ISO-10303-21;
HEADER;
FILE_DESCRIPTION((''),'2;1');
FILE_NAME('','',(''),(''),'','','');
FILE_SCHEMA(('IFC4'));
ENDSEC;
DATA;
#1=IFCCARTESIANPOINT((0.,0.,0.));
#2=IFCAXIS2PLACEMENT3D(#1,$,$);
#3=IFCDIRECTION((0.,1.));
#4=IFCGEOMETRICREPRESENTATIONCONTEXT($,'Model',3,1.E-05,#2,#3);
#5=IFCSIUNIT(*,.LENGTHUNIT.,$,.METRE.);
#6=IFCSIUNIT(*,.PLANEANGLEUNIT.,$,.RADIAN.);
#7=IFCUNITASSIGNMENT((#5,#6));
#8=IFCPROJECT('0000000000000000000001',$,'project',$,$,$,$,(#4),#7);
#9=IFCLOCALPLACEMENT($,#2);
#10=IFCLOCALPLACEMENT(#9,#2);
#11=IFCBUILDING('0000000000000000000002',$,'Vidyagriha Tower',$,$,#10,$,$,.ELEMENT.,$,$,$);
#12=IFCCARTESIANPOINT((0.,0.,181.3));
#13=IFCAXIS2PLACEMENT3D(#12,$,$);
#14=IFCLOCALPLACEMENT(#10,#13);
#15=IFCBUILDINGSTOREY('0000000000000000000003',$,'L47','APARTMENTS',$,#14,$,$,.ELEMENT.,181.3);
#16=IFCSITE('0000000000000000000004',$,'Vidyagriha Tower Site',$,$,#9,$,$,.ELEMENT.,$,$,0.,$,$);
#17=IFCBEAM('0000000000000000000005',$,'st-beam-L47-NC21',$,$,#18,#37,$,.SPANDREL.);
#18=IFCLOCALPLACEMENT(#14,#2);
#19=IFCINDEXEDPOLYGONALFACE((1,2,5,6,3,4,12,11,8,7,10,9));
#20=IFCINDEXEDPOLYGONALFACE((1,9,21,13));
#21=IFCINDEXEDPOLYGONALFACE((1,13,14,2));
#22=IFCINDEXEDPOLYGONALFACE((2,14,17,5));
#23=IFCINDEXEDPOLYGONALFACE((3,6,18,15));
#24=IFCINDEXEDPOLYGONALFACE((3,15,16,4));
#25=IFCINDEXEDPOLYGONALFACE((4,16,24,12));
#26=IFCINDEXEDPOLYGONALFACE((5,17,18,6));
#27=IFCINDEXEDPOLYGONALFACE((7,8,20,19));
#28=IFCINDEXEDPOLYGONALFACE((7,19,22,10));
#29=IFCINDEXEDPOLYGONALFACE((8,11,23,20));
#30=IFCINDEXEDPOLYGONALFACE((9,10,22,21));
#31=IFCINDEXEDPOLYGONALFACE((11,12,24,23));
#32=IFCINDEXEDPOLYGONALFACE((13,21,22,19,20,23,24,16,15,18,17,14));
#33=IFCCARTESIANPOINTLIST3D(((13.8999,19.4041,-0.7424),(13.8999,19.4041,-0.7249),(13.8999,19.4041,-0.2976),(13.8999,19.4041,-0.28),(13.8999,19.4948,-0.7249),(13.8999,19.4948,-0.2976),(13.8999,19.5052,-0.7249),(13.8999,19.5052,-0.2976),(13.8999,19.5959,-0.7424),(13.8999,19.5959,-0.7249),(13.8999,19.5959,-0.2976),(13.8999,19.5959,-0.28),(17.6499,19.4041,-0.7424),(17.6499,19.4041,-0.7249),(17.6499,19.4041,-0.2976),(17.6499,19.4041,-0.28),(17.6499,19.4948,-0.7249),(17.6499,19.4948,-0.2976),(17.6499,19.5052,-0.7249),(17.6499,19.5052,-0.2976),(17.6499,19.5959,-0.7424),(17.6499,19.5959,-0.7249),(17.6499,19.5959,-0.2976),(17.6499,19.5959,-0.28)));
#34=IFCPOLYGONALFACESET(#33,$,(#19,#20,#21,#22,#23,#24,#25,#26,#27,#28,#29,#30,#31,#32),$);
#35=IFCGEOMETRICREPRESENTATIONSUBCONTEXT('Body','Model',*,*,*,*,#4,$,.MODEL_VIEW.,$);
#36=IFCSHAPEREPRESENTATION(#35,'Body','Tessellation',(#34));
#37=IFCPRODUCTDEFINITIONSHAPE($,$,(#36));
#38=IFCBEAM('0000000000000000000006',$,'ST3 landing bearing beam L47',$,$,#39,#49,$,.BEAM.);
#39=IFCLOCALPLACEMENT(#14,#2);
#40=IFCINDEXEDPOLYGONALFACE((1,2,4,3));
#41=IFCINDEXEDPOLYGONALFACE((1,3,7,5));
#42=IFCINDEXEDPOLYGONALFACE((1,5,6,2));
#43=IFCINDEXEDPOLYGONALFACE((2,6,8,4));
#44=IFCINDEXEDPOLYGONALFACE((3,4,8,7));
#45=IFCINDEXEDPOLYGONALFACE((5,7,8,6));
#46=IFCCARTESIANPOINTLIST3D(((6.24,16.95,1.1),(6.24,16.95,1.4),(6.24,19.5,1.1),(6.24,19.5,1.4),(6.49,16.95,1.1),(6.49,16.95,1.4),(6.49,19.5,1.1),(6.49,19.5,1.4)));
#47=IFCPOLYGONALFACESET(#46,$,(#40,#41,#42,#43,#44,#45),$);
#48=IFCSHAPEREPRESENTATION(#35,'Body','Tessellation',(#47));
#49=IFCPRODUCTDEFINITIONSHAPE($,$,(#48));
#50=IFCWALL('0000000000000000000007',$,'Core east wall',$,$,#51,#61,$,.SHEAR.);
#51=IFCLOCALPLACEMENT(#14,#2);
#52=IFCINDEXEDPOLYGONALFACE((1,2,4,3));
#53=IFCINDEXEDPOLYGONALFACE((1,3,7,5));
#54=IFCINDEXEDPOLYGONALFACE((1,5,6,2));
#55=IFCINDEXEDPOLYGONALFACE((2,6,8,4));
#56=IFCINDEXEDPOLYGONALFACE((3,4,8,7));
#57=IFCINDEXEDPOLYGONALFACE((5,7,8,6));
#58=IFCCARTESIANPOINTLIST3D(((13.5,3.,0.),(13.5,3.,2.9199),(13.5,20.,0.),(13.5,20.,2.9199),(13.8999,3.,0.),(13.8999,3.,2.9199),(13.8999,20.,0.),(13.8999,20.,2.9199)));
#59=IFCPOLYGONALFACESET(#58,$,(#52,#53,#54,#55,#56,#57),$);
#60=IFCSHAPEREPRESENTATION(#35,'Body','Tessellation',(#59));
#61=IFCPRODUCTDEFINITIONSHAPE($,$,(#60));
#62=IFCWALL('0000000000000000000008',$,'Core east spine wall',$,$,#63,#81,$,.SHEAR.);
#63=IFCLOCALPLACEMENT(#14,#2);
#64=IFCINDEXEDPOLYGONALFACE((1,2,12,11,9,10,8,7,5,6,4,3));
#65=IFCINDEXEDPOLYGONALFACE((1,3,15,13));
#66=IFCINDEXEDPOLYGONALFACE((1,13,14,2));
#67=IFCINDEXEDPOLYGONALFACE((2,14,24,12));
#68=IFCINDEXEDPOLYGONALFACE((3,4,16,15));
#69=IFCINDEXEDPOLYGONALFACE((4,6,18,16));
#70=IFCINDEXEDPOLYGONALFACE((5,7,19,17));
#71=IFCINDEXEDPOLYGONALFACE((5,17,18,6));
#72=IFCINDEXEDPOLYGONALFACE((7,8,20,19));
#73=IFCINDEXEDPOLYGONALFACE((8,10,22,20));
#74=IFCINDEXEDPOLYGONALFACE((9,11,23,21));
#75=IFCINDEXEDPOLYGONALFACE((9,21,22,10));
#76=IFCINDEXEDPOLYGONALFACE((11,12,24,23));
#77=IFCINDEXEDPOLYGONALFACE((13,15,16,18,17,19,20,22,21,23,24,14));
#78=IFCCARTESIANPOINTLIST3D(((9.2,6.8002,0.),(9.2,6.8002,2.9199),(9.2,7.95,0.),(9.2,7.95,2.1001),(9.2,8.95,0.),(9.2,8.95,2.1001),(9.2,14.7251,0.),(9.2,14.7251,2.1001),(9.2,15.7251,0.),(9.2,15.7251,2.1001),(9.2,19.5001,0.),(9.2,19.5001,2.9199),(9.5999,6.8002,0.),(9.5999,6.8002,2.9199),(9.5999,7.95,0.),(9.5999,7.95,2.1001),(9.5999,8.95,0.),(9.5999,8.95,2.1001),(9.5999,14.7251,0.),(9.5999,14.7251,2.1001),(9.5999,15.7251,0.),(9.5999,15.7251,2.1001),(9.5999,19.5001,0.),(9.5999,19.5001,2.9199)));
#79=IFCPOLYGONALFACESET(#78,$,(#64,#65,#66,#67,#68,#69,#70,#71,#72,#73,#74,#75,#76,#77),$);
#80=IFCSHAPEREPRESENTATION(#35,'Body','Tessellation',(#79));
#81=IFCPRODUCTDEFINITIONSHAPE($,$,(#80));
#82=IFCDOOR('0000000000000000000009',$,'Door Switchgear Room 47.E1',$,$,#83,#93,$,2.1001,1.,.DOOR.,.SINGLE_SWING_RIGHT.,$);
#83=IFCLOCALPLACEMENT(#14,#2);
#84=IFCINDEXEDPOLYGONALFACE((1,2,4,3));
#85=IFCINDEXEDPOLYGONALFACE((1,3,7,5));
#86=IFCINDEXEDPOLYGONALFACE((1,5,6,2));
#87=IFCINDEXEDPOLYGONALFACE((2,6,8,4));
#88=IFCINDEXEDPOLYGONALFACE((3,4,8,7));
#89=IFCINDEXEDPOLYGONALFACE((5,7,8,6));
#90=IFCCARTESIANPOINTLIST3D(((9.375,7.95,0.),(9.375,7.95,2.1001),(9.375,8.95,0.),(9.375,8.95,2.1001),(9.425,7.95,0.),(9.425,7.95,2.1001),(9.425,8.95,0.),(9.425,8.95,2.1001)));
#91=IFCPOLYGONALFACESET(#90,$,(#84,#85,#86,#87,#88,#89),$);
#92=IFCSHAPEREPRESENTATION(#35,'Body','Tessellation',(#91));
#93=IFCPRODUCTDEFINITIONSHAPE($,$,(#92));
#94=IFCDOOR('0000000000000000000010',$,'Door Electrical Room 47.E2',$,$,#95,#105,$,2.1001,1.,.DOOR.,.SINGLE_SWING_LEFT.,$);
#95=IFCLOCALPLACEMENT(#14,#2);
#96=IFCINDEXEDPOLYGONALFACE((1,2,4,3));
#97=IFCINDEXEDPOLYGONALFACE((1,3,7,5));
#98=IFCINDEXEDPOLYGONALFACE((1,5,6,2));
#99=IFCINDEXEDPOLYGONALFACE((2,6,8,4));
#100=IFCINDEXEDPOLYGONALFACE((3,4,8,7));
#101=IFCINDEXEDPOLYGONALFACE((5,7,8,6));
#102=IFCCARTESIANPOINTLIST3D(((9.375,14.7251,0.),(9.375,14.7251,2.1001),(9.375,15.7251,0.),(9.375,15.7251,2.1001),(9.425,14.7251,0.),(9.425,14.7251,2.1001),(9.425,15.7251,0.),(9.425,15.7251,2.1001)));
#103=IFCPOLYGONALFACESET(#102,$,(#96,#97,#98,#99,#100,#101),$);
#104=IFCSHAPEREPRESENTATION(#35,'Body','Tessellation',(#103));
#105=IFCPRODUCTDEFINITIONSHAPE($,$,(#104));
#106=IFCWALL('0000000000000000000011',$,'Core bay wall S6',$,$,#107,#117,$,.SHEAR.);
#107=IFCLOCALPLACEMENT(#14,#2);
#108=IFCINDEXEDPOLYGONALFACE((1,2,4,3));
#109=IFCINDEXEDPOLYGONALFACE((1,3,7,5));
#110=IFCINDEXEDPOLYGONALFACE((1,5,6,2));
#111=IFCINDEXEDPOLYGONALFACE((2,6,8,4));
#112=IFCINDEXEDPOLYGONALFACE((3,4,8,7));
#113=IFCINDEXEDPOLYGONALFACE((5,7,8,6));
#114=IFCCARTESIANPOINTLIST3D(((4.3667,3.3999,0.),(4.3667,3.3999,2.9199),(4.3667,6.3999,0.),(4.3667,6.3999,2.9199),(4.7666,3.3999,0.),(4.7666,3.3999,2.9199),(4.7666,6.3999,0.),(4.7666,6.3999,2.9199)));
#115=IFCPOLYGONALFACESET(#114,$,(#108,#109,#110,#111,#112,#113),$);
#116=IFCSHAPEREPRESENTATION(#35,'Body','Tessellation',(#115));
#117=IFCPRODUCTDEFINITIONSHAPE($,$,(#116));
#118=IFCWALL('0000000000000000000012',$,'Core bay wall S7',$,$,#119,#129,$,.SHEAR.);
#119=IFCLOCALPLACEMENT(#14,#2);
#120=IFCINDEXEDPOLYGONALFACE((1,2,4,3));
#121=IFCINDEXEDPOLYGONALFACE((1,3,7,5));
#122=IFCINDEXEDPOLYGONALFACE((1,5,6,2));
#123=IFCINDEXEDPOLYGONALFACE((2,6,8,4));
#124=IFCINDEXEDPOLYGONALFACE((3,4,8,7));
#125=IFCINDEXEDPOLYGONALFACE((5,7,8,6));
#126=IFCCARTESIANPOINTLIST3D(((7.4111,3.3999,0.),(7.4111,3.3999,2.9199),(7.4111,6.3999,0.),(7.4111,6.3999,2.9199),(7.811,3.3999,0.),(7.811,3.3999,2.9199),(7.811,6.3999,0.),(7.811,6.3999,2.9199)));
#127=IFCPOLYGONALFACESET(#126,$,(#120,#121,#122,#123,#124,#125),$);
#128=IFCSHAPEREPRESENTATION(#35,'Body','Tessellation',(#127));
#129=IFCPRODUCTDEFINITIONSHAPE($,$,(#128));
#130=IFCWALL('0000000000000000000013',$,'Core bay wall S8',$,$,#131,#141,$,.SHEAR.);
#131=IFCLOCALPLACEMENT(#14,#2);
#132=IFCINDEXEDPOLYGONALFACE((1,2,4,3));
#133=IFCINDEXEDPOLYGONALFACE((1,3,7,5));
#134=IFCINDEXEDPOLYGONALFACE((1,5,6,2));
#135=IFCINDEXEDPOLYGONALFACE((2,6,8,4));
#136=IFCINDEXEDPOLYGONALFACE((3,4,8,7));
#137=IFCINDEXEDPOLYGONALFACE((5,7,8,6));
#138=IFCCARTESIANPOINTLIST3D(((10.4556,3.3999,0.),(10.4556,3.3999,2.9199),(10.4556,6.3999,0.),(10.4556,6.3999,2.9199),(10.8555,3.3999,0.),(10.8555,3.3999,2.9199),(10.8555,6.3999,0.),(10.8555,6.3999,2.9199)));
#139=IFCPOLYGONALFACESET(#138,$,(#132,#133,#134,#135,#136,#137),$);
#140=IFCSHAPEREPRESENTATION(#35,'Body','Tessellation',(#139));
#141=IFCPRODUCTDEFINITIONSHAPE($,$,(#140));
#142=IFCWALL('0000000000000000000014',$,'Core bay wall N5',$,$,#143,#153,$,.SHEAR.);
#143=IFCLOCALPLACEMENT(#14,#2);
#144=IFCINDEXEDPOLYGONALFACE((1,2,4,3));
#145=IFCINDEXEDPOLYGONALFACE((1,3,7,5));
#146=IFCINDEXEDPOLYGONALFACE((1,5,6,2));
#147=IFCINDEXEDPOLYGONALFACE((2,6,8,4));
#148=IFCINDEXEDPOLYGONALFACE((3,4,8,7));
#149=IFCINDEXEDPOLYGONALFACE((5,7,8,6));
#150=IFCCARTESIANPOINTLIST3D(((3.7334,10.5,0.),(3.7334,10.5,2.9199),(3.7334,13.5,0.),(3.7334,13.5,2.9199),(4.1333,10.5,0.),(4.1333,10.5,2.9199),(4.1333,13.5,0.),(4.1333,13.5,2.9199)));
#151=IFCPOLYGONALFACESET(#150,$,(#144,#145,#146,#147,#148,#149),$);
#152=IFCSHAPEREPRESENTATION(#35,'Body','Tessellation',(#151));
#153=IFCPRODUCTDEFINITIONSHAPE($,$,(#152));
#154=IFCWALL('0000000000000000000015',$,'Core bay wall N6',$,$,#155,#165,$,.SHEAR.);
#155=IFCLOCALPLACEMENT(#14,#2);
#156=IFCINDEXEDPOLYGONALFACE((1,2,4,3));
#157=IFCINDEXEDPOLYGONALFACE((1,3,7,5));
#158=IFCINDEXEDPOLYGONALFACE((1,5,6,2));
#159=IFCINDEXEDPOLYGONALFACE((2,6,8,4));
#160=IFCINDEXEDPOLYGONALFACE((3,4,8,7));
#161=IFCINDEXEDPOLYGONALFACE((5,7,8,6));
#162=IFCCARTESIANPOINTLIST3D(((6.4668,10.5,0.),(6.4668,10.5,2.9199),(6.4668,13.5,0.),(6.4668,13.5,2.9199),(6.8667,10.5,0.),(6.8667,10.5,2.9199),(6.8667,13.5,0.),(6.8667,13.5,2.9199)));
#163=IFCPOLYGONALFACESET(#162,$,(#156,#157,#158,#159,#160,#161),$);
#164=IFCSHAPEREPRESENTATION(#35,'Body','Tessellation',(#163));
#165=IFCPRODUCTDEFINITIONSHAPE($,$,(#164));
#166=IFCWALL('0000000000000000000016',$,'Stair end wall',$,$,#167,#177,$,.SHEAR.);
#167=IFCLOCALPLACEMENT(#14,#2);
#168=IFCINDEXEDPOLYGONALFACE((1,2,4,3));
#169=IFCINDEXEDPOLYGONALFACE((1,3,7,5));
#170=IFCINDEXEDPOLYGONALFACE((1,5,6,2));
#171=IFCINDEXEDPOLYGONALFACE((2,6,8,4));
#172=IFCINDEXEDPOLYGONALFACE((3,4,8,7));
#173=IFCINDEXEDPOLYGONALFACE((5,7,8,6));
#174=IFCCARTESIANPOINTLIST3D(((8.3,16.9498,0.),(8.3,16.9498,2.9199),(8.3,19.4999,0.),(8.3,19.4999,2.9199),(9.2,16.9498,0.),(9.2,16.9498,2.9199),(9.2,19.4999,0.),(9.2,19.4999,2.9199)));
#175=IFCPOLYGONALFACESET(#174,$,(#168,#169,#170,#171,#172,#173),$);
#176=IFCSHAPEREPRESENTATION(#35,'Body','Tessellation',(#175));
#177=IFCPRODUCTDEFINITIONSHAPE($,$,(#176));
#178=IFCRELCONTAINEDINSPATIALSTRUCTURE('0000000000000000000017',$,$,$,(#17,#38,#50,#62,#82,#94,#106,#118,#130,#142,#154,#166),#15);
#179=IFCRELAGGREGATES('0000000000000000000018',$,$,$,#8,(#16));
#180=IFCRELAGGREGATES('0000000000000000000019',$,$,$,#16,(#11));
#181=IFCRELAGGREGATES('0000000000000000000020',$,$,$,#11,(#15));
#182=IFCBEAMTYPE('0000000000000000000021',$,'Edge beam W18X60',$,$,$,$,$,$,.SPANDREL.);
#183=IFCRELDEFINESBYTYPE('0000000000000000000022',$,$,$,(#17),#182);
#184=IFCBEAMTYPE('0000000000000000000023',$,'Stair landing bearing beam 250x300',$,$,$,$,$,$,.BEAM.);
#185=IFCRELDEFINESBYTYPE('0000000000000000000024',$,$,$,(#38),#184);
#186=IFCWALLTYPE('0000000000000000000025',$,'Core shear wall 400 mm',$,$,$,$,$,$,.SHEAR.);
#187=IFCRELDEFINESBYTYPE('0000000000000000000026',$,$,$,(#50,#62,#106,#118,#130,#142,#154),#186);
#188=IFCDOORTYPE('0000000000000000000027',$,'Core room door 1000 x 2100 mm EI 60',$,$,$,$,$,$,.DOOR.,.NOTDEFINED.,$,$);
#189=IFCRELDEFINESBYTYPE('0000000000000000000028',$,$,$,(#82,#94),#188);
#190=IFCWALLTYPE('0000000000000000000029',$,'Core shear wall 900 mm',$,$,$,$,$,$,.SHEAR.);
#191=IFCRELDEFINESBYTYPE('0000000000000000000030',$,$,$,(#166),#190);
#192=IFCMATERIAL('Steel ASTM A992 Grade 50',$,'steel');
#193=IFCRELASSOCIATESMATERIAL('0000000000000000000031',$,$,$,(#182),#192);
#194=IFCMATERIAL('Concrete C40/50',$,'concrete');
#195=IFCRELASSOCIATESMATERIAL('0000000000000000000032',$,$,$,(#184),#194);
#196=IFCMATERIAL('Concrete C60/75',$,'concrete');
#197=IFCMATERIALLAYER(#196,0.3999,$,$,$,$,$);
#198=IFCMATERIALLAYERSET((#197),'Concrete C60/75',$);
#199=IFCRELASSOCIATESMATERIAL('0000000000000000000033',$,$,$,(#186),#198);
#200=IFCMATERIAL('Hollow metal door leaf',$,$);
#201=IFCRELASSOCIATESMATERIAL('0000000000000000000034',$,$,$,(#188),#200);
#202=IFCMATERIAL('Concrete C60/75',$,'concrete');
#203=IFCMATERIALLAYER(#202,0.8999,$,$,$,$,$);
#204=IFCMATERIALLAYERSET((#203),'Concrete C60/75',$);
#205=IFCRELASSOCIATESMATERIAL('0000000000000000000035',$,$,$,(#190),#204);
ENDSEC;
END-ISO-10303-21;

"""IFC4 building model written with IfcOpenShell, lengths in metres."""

from ifc_helpers import new_model, si_unit, direction, frame, frame_2d, origin, origin_2d, place, context, subcontext, project, spatial, rectangle, i_section, extrude, material, layer, layer_set, material_profile, profile_set, type_object, element, fill, save


model = new_model("IFC4")

# Units and contexts
model_context = context("Model", 3, precision=1e-05, world=origin(), true_north=direction((0.0, 1.0)))
body_context = subcontext(model_context, "Body", "Model", "MODEL_VIEW")
ifc_project = project(units=[si_unit("LENGTHUNIT", "METRE"), si_unit("PLANEANGLEUNIT", "RADIAN")], contexts=[model_context])

# Site, building, storey
site_placement = place(None, origin())
site = spatial("IfcSite", under=ifc_project, at=site_placement, Name="Vidyagriha Tower Site", CompositionType="ELEMENT", RefElevation=0.0)
building_placement = place(site_placement, origin())
building = spatial("IfcBuilding", under=site, at=building_placement, Name="Vidyagriha Tower", CompositionType="ELEMENT")
storey_placement = place(building_placement, frame((0.0, 0.0, 181.3)))
storey = spatial("IfcBuildingStorey", under=building, at=storey_placement, Name="L47", Description="APARTMENTS", CompositionType="ELEMENT", Elevation=181.3)

# Beams
ifc_material_1 = material(Name="Steel ASTM A992 Grade 50", Category="steel")
ifc_material_profile_1 = material_profile(ifc_material_1, i_section(OverallWidth=0.1919, OverallDepth=0.4624, WebThickness=0.0105, FlangeThickness=0.0176, at=origin_2d()), Name="W18X60")
ifc_profile_set_1 = profile_set([ifc_material_profile_1], Name="Steel ASTM A992 Grade 50")
beam_type_1 = type_object("IfcBeamType", Name="Edge beam W18X60", PredefinedType="SPANDREL", material=ifc_profile_set_1)
beam_1_placement = place(storey_placement, frame((13.8999, 19.5, -0.5112), z_axis=(1.0, 0.0, 0.0), x_axis=(0.0, 1.0, 0.0)))
element("IfcBeam", 1, at=beam_1_placement, inside=storey, type_object=beam_type_1, Name="st-beam-L47-NC21", PredefinedType="SPANDREL", context=body_context, shape_type="SweptSolid", body=[
    extrude(i_section(OverallWidth=0.1919, OverallDepth=0.4624, WebThickness=0.0105, FlangeThickness=0.0176, at=origin_2d()), origin(), (0.0, 0.0, 1.0), 3.75),
])
ifc_material_2 = material(Name="Concrete C40/50", Category="concrete")
ifc_material_profile_2 = material_profile(ifc_material_2, rectangle(XDim=0.25, YDim=0.3, at=origin_2d()), Name="Stair landing bearing beam 250x300")
ifc_profile_set_2 = profile_set([ifc_material_profile_2], Name="Concrete C40/50")
beam_type_2 = type_object("IfcBeamType", Name="Stair landing bearing beam 250x300", PredefinedType="BEAM", material=ifc_profile_set_2)
beam_2_placement = place(storey_placement, frame((6.365, 16.95, 1.25), z_axis=(0.0, 1.0, 0.0), x_axis=(-1.0, 0.0, 0.0)))
element("IfcBeam", 2, at=beam_2_placement, inside=storey, type_object=beam_type_2, Name="ST3 landing bearing beam L47", PredefinedType="BEAM", context=body_context, shape_type="SweptSolid", body=[
    extrude(rectangle(XDim=0.25, YDim=0.3, at=origin_2d()), origin(), (0.0, 0.0, 1.0), 2.55),
])

# Wall
ifc_material_3 = material(Name="Concrete C60/75", Category="concrete")
ifc_layer_1 = layer(ifc_material_3, 0.3999)
ifc_layer_set_1 = layer_set([ifc_layer_1], Name="Concrete C60/75")
wall_type_1 = type_object("IfcWallType", Name="Core shear wall 400 mm", PredefinedType="SHEAR", material=ifc_layer_set_1)
wall_1_placement = place(storey_placement, frame((13.7, 3.0, 0.0), z_axis=(0.0, 0.0, 1.0), x_axis=(0.0, 1.0, 0.0)))
element("IfcWall", 3, at=wall_1_placement, inside=storey, type_object=wall_type_1, Name="Core east wall", PredefinedType="SHEAR", context=body_context, shape_type="SweptSolid", body=[
    extrude(rectangle(XDim=17.0, YDim=0.3999, at=frame_2d((8.5, 0.0))), origin(), (0.0, 0.0, 1.0), 2.9199),
])

# Wall, openings, doors
wall_2_placement = place(storey_placement, frame((9.3999, 6.8, 0.0), z_axis=(0.0, 0.0, 1.0), x_axis=(0.0, 1.0, 0.0)))
wall_2 = element("IfcWall", 4, at=wall_2_placement, inside=storey, type_object=wall_type_1, Name="Core east spine wall", PredefinedType="SHEAR", context=body_context, shape_type="SweptSolid", body=[
    extrude(rectangle(XDim=12.7, YDim=0.3999, at=frame_2d((6.3501, 0.0))), origin(), (0.0, 0.0, 1.0), 2.9199),
])
opening_1_placement = place(wall_2_placement, frame((1.1499, 0.0, 0.0)))
opening_1 = element("IfcOpeningElement", 5, at=opening_1_placement, cuts=wall_2, PredefinedType="OPENING", context=body_context, shape_type="SweptSolid", body=[
    extrude(rectangle(XDim=1.0, YDim=2.1001, at=frame_2d((0.5, 1.05))), frame((0.0, 0.21, 0.0), z_axis=(0.0, -1.0, 0.0), x_axis=(1.0, 0.0, 0.0)), (0.0, 0.0, 1.0), 0.4199),
])
opening_2_placement = place(wall_2_placement, frame((7.925, 0.0, 0.0)))
opening_2 = element("IfcOpeningElement", 6, at=opening_2_placement, cuts=wall_2, PredefinedType="OPENING", context=body_context, shape_type="SweptSolid", body=[
    extrude(rectangle(XDim=1.0, YDim=2.1001, at=frame_2d((0.5, 1.05))), frame((0.0, 0.21, 0.0), z_axis=(0.0, -1.0, 0.0), x_axis=(1.0, 0.0, 0.0)), (0.0, 0.0, 1.0), 0.4199),
])
ifc_material_4 = material(Name="Hollow metal door leaf")
door_type_1 = type_object("IfcDoorType", Name="Core room door 1000 x 2100 mm EI 60", OperationType="NOTDEFINED", PredefinedType="DOOR", material=ifc_material_4)
door_1_placement = place(opening_1_placement, origin())
door_1 = element("IfcDoor", 7, at=door_1_placement, inside=storey, type_object=door_type_1, Name="Door Switchgear Room 47.E1", OperationType="SINGLE_SWING_RIGHT", OverallHeight=2.1001, OverallWidth=1.0, PredefinedType="DOOR", context=body_context, shape_type="SweptSolid", body=[
    extrude(rectangle(XDim=1.0, YDim=2.1001, at=frame_2d((0.5, 1.05))), frame((0.0, 0.0249, 0.0), z_axis=(0.0, -1.0, 0.0), x_axis=(1.0, 0.0, 0.0)), (0.0, 0.0, 1.0), 0.05),
])
fill(opening_1, door_1)
door_2_placement = place(opening_2_placement, origin())
door_2 = element("IfcDoor", 8, at=door_2_placement, inside=storey, type_object=door_type_1, Name="Door Electrical Room 47.E2", OperationType="SINGLE_SWING_LEFT", OverallHeight=2.1001, OverallWidth=1.0, PredefinedType="DOOR", context=body_context, shape_type="SweptSolid", body=[
    extrude(rectangle(XDim=1.0, YDim=2.1001, at=frame_2d((0.5, 1.05))), frame((0.0, 0.0249, 0.0), z_axis=(0.0, -1.0, 0.0), x_axis=(1.0, 0.0, 0.0)), (0.0, 0.0, 1.0), 0.05),
])
fill(opening_2, door_2)

# Walls
for number, where, z_axis, x_axis, name in (
    (9, (4.5667, 3.3999, 0.0), (0.0, 0.0, 1.0), (0.0, 1.0, 0.0), "Core bay wall S6"),
    (10, (7.6111, 3.3999, 0.0), (0.0, 0.0, 1.0), (0.0, 1.0, 0.0), "Core bay wall S7"),
    (11, (10.6555, 3.3999, 0.0), (0.0, 0.0, 1.0), (0.0, 1.0, 0.0), "Core bay wall S8"),
    (12, (3.9333, 10.5, 0.0), (0.0, 0.0, 1.0), (0.0, 1.0, 0.0), "Core bay wall N5"),
    (13, (6.6667, 10.5, 0.0), (0.0, 0.0, 1.0), (0.0, 1.0, 0.0), "Core bay wall N6"),
):
    element("IfcWall", number, at=place(storey_placement, frame(where, z_axis=z_axis, x_axis=x_axis)), inside=storey, type_object=wall_type_1, Name=name, PredefinedType="SHEAR", context=body_context, shape_type="SweptSolid", body=[
        extrude(rectangle(XDim=3.0, YDim=0.3999, at=frame_2d((1.5, 0.0))), origin(), (0.0, 0.0, 1.0), 2.9199),
    ])
ifc_material_5 = material(Name="Concrete C60/75", Category="concrete")
ifc_layer_2 = layer(ifc_material_5, 0.8999)
ifc_layer_set_2 = layer_set([ifc_layer_2], Name="Concrete C60/75")
wall_type_2 = type_object("IfcWallType", Name="Core shear wall 900 mm", PredefinedType="SHEAR", material=ifc_layer_set_2)
wall_3_placement = place(storey_placement, frame((8.75, 16.95, 0.0), z_axis=(0.0, 0.0, 1.0), x_axis=(0.0, 1.0, 0.0)))
element("IfcWall", 14, at=wall_3_placement, inside=storey, type_object=wall_type_2, Name="Stair end wall", PredefinedType="SHEAR", context=body_context, shape_type="SweptSolid", body=[
    extrude(rectangle(XDim=2.55, YDim=0.8999, at=frame_2d((1.2749, 0.0))), origin(), (0.0, 0.0, 1.0), 2.9199),
])

save(model, "model.ifc")
